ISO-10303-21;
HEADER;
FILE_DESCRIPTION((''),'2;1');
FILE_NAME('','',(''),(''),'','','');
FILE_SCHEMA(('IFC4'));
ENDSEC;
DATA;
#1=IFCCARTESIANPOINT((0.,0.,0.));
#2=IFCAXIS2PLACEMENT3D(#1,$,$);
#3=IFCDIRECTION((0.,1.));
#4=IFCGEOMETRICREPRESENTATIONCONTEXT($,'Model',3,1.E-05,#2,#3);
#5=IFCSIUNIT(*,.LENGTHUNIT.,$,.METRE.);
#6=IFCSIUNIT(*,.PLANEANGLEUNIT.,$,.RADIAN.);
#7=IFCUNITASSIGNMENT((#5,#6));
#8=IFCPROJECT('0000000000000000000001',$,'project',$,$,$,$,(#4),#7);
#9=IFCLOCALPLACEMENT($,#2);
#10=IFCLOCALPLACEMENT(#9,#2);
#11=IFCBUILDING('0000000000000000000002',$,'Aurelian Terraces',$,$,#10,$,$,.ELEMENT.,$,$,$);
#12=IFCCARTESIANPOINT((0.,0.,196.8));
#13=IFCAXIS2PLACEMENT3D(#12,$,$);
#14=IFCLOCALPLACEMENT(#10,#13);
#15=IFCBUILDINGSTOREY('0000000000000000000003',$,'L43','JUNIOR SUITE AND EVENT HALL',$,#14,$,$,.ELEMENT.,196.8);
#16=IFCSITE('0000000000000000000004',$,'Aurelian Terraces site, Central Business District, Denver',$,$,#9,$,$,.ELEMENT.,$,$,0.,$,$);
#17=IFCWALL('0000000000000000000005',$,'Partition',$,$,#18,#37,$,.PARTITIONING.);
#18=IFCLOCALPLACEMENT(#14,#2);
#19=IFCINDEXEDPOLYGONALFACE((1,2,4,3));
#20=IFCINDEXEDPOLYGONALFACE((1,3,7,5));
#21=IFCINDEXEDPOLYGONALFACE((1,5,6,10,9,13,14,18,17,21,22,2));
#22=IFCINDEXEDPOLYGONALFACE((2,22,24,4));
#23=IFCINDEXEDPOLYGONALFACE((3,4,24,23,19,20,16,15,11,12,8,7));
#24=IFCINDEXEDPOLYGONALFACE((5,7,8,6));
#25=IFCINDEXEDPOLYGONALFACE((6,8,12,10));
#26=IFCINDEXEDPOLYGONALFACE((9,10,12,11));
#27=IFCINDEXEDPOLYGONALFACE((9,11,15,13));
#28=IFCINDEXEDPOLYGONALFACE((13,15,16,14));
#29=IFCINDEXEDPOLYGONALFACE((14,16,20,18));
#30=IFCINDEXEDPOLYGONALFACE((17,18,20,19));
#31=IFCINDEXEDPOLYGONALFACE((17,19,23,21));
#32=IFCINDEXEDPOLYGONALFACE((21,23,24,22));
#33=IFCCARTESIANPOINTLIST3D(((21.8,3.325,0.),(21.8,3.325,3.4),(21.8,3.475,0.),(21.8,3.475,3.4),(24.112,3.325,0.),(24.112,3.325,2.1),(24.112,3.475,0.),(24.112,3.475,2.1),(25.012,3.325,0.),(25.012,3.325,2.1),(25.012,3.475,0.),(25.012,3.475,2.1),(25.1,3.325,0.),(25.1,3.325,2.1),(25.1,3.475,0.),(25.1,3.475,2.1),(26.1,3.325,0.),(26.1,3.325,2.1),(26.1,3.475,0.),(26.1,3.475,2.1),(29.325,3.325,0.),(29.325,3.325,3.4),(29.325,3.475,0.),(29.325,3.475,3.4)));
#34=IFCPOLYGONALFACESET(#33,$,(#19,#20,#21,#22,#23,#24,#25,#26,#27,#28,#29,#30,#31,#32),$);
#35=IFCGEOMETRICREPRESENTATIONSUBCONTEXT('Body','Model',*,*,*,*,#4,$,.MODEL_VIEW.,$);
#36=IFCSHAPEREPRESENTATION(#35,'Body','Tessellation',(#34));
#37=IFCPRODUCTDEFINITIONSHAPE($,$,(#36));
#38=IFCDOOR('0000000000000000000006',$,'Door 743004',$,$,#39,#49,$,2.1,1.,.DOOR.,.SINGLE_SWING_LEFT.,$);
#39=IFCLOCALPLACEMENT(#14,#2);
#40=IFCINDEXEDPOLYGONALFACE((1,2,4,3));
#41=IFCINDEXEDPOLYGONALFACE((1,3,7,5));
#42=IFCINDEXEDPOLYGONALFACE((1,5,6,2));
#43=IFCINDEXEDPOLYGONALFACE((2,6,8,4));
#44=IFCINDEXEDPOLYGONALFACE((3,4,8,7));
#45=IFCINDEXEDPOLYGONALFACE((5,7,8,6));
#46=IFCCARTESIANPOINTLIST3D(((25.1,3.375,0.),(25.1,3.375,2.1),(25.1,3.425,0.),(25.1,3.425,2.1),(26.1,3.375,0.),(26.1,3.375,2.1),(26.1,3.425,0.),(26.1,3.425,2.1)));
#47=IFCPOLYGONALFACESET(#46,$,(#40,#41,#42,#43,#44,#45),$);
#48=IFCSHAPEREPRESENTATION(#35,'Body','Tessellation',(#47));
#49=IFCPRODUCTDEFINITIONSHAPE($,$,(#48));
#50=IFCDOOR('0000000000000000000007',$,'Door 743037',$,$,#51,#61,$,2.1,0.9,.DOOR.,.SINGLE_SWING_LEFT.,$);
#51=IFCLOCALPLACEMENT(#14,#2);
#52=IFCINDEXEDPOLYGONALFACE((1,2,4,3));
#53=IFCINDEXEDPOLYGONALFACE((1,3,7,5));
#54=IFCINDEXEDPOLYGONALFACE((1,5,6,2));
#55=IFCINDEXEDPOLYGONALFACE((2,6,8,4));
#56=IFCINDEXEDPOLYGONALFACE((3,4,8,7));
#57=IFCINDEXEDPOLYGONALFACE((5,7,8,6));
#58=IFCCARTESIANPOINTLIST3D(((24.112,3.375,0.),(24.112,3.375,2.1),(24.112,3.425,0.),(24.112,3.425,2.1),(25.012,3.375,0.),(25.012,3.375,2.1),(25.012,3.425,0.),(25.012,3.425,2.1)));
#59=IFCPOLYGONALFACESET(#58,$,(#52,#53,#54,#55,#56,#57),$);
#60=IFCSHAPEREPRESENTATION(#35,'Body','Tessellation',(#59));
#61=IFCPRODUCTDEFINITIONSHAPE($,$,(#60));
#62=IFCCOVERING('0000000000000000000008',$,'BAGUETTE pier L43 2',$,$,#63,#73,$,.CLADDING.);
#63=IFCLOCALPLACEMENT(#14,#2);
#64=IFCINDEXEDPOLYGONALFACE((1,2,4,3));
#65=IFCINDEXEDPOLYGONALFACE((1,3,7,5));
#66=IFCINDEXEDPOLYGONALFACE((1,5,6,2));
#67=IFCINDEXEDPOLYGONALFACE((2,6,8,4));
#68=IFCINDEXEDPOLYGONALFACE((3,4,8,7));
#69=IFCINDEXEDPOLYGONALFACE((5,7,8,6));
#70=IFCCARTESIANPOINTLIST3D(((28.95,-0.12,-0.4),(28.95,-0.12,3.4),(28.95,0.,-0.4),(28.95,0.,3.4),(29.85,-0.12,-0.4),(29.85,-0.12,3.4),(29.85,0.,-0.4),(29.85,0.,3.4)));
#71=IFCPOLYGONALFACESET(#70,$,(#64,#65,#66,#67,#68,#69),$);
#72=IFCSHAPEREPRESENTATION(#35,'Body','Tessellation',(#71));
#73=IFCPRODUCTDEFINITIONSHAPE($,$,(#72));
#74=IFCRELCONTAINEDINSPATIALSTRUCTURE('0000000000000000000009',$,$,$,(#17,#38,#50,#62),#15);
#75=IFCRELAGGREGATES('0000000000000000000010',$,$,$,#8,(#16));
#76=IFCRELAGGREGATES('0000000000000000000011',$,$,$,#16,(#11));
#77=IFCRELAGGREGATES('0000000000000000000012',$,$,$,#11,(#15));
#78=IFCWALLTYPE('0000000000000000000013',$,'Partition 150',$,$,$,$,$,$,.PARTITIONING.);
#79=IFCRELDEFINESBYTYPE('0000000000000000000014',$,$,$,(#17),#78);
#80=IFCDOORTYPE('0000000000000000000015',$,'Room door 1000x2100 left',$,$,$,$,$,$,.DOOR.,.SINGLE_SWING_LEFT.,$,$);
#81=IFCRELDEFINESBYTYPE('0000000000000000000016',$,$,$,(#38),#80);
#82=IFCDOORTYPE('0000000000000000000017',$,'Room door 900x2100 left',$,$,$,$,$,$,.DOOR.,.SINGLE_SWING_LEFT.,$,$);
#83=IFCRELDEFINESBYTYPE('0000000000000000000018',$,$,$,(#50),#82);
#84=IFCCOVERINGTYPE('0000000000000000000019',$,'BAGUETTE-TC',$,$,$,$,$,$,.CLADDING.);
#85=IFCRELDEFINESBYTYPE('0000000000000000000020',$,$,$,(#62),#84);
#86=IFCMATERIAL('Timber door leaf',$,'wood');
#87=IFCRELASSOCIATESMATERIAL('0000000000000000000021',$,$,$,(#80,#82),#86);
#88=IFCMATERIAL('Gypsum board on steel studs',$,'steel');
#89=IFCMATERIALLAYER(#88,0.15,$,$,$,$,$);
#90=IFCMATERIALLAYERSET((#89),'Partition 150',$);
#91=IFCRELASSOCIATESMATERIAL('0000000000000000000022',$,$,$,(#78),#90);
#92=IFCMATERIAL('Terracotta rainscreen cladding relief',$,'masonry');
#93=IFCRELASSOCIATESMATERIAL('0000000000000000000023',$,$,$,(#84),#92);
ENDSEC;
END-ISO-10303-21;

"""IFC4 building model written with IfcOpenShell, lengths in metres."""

from ifc_helpers import new_model, si_unit, direction, frame, frame_2d, origin, origin_2d, place, context, subcontext, project, spatial, rectangle, extrude, source, transform, mapped, material, layer, layer_set, type_object, element, fill, save


model = new_model("IFC4")

# Units and contexts
model_context = context("Model", 3, precision=1e-05, world=origin(), true_north=direction((0.0, 1.0)))
body_context = subcontext(model_context, "Body", "Model", "MODEL_VIEW")
ifc_project = project(units=[si_unit("LENGTHUNIT", "METRE"), si_unit("PLANEANGLEUNIT", "RADIAN")], contexts=[model_context])

# Site, building, storey
site_placement = place(None, origin())
site = spatial("IfcSite", under=ifc_project, at=site_placement, Name="Aurelian Terraces site, Central Business District, Denver", CompositionType="ELEMENT", RefElevation=0.0)
building_placement = place(site_placement, origin())
building = spatial("IfcBuilding", under=site, at=building_placement, Name="Aurelian Terraces", CompositionType="ELEMENT")
storey_placement = place(building_placement, frame((0.0, 0.0, 196.8)))
storey = spatial("IfcBuildingStorey", under=building, at=storey_placement, Name="L43", Description="JUNIOR SUITE AND EVENT HALL", CompositionType="ELEMENT", Elevation=196.8)

# Shared definitions
ifc_material_1 = material(Name="Timber door leaf", Category="wood")
door_type_1 = type_object("IfcDoorType", Name="Room door 1000x2100 left", OperationType="SINGLE_SWING_LEFT", PredefinedType="DOOR", material=ifc_material_1)
shared_shape_1 = source(origin(), body_context, "Body", "SweptSolid", [
    extrude(rectangle(XDim=1.0, YDim=2.1, at=frame_2d((0.5, 1.05))), frame((0.0, 0.025, 0.0), z_axis=(0.0, -1.0, 0.0), x_axis=(1.0, 0.0, 0.0)), (0.0, 0.0, 1.0), 0.05),
])

# Shared definitions
ifc_material_2 = material(Name="Gypsum board on steel studs", Category="steel")
ifc_layer_1 = layer(ifc_material_2, 0.15)
ifc_layer_set_1 = layer_set([ifc_layer_1], Name="Partition 150")
wall_type_1 = type_object("IfcWallType", Name="Partition 150", PredefinedType="PARTITIONING", material=ifc_layer_set_1)

# Wall, openings, doors
shared_shape_2 = source(origin(), body_context, "Body", "SweptSolid", [
    extrude(rectangle(XDim=7.525, YDim=0.15, at=frame_2d((3.7625, 0.0))), origin(), (0.0, 0.0, 1.0), 3.4),
])
wall_1_placement = place(storey_placement, frame((21.8, 3.4, 0.0), z_axis=(0.0, 0.0, 1.0), x_axis=(1.0, 0.0, 0.0)))
wall_1 = element("IfcWall", 1, at=wall_1_placement, inside=storey, type_object=wall_type_1, Name="Partition", PredefinedType="PARTITIONING", context=body_context, shape_type="MappedRepresentation", body=[
    mapped(shared_shape_2, transform((0.0, 0.0, 0.0), scale=1.0)),
])
shared_shape_3 = source(origin(), body_context, "Body", "SweptSolid", [
    extrude(rectangle(XDim=1.0, YDim=2.1, at=frame_2d((0.5, 1.05))), frame((0.0, 0.085, 0.0), z_axis=(0.0, -1.0, 0.0), x_axis=(1.0, 0.0, 0.0)), (0.0, 0.0, 1.0), 0.17),
])
opening_1_placement = place(wall_1_placement, frame((3.3, 0.0, 0.0)))
opening_1 = element("IfcOpeningElement", 2, at=opening_1_placement, cuts=wall_1, PredefinedType="OPENING", context=body_context, shape_type="MappedRepresentation", body=[
    mapped(shared_shape_3, transform((0.0, 0.0, 0.0), scale=1.0)),
])
shared_shape_4 = source(origin(), body_context, "Body", "SweptSolid", [
    extrude(rectangle(XDim=0.9, YDim=2.1, at=frame_2d((0.45, 1.05))), frame((0.0, 0.085, 0.0), z_axis=(0.0, -1.0, 0.0), x_axis=(1.0, 0.0, 0.0)), (0.0, 0.0, 1.0), 0.17),
])
opening_2_placement = place(wall_1_placement, frame((2.312, 0.0, 0.0)))
opening_2 = element("IfcOpeningElement", 3, at=opening_2_placement, cuts=wall_1, PredefinedType="OPENING", context=body_context, shape_type="MappedRepresentation", body=[
    mapped(shared_shape_4, transform((0.0, 0.0, 0.0), scale=1.0)),
])
door_1_placement = place(opening_1_placement, origin())
door_1 = element("IfcDoor", 4, at=door_1_placement, inside=storey, type_object=door_type_1, Name="Door 743004", OperationType="SINGLE_SWING_LEFT", OverallHeight=2.1, OverallWidth=1.0, PredefinedType="DOOR", context=body_context, shape_type="MappedRepresentation", body=[
    mapped(shared_shape_1, transform((0.0, 0.0, 0.0), scale=1.0)),
])
fill(opening_1, door_1)
door_type_2 = type_object("IfcDoorType", Name="Room door 900x2100 left", OperationType="SINGLE_SWING_LEFT", PredefinedType="DOOR", material=ifc_material_1)
shared_shape_5 = source(origin(), body_context, "Body", "SweptSolid", [
    extrude(rectangle(XDim=0.9, YDim=2.1, at=frame_2d((0.45, 1.05))), frame((0.0, 0.025, 0.0), z_axis=(0.0, -1.0, 0.0), x_axis=(1.0, 0.0, 0.0)), (0.0, 0.0, 1.0), 0.05),
])
door_2_placement = place(opening_2_placement, origin())
door_2 = element("IfcDoor", 5, at=door_2_placement, inside=storey, type_object=door_type_2, Name="Door 743037", OperationType="SINGLE_SWING_LEFT", OverallHeight=2.1, OverallWidth=0.9, PredefinedType="DOOR", context=body_context, shape_type="MappedRepresentation", body=[
    mapped(shared_shape_5, transform((0.0, 0.0, 0.0), scale=1.0)),
])
fill(opening_2, door_2)

# Covering
ifc_material_3 = material(Name="Terracotta rainscreen cladding relief", Category="masonry")
covering_type = type_object("IfcCoveringType", Name="BAGUETTE-TC", PredefinedType="CLADDING", material=ifc_material_3)
shared_shape_6 = source(origin(), body_context, "Body", "SweptSolid", [
    extrude(rectangle(XDim=0.9, YDim=0.12, at=origin_2d()), origin(), (0.0, 0.0, 1.0), 3.8),
])
covering_placement = place(storey_placement, frame((29.4, -0.06, -0.4), z_axis=(0.0, 0.0, 1.0), x_axis=(1.0, 0.0, 0.0)))
element("IfcCovering", 6, at=covering_placement, inside=storey, type_object=covering_type, Name="BAGUETTE pier L43 2", PredefinedType="CLADDING", context=body_context, shape_type="MappedRepresentation", body=[
    mapped(shared_shape_6, transform((0.0, 0.0, 0.0), scale=1.0)),
])

save(model, "model.ifc")
